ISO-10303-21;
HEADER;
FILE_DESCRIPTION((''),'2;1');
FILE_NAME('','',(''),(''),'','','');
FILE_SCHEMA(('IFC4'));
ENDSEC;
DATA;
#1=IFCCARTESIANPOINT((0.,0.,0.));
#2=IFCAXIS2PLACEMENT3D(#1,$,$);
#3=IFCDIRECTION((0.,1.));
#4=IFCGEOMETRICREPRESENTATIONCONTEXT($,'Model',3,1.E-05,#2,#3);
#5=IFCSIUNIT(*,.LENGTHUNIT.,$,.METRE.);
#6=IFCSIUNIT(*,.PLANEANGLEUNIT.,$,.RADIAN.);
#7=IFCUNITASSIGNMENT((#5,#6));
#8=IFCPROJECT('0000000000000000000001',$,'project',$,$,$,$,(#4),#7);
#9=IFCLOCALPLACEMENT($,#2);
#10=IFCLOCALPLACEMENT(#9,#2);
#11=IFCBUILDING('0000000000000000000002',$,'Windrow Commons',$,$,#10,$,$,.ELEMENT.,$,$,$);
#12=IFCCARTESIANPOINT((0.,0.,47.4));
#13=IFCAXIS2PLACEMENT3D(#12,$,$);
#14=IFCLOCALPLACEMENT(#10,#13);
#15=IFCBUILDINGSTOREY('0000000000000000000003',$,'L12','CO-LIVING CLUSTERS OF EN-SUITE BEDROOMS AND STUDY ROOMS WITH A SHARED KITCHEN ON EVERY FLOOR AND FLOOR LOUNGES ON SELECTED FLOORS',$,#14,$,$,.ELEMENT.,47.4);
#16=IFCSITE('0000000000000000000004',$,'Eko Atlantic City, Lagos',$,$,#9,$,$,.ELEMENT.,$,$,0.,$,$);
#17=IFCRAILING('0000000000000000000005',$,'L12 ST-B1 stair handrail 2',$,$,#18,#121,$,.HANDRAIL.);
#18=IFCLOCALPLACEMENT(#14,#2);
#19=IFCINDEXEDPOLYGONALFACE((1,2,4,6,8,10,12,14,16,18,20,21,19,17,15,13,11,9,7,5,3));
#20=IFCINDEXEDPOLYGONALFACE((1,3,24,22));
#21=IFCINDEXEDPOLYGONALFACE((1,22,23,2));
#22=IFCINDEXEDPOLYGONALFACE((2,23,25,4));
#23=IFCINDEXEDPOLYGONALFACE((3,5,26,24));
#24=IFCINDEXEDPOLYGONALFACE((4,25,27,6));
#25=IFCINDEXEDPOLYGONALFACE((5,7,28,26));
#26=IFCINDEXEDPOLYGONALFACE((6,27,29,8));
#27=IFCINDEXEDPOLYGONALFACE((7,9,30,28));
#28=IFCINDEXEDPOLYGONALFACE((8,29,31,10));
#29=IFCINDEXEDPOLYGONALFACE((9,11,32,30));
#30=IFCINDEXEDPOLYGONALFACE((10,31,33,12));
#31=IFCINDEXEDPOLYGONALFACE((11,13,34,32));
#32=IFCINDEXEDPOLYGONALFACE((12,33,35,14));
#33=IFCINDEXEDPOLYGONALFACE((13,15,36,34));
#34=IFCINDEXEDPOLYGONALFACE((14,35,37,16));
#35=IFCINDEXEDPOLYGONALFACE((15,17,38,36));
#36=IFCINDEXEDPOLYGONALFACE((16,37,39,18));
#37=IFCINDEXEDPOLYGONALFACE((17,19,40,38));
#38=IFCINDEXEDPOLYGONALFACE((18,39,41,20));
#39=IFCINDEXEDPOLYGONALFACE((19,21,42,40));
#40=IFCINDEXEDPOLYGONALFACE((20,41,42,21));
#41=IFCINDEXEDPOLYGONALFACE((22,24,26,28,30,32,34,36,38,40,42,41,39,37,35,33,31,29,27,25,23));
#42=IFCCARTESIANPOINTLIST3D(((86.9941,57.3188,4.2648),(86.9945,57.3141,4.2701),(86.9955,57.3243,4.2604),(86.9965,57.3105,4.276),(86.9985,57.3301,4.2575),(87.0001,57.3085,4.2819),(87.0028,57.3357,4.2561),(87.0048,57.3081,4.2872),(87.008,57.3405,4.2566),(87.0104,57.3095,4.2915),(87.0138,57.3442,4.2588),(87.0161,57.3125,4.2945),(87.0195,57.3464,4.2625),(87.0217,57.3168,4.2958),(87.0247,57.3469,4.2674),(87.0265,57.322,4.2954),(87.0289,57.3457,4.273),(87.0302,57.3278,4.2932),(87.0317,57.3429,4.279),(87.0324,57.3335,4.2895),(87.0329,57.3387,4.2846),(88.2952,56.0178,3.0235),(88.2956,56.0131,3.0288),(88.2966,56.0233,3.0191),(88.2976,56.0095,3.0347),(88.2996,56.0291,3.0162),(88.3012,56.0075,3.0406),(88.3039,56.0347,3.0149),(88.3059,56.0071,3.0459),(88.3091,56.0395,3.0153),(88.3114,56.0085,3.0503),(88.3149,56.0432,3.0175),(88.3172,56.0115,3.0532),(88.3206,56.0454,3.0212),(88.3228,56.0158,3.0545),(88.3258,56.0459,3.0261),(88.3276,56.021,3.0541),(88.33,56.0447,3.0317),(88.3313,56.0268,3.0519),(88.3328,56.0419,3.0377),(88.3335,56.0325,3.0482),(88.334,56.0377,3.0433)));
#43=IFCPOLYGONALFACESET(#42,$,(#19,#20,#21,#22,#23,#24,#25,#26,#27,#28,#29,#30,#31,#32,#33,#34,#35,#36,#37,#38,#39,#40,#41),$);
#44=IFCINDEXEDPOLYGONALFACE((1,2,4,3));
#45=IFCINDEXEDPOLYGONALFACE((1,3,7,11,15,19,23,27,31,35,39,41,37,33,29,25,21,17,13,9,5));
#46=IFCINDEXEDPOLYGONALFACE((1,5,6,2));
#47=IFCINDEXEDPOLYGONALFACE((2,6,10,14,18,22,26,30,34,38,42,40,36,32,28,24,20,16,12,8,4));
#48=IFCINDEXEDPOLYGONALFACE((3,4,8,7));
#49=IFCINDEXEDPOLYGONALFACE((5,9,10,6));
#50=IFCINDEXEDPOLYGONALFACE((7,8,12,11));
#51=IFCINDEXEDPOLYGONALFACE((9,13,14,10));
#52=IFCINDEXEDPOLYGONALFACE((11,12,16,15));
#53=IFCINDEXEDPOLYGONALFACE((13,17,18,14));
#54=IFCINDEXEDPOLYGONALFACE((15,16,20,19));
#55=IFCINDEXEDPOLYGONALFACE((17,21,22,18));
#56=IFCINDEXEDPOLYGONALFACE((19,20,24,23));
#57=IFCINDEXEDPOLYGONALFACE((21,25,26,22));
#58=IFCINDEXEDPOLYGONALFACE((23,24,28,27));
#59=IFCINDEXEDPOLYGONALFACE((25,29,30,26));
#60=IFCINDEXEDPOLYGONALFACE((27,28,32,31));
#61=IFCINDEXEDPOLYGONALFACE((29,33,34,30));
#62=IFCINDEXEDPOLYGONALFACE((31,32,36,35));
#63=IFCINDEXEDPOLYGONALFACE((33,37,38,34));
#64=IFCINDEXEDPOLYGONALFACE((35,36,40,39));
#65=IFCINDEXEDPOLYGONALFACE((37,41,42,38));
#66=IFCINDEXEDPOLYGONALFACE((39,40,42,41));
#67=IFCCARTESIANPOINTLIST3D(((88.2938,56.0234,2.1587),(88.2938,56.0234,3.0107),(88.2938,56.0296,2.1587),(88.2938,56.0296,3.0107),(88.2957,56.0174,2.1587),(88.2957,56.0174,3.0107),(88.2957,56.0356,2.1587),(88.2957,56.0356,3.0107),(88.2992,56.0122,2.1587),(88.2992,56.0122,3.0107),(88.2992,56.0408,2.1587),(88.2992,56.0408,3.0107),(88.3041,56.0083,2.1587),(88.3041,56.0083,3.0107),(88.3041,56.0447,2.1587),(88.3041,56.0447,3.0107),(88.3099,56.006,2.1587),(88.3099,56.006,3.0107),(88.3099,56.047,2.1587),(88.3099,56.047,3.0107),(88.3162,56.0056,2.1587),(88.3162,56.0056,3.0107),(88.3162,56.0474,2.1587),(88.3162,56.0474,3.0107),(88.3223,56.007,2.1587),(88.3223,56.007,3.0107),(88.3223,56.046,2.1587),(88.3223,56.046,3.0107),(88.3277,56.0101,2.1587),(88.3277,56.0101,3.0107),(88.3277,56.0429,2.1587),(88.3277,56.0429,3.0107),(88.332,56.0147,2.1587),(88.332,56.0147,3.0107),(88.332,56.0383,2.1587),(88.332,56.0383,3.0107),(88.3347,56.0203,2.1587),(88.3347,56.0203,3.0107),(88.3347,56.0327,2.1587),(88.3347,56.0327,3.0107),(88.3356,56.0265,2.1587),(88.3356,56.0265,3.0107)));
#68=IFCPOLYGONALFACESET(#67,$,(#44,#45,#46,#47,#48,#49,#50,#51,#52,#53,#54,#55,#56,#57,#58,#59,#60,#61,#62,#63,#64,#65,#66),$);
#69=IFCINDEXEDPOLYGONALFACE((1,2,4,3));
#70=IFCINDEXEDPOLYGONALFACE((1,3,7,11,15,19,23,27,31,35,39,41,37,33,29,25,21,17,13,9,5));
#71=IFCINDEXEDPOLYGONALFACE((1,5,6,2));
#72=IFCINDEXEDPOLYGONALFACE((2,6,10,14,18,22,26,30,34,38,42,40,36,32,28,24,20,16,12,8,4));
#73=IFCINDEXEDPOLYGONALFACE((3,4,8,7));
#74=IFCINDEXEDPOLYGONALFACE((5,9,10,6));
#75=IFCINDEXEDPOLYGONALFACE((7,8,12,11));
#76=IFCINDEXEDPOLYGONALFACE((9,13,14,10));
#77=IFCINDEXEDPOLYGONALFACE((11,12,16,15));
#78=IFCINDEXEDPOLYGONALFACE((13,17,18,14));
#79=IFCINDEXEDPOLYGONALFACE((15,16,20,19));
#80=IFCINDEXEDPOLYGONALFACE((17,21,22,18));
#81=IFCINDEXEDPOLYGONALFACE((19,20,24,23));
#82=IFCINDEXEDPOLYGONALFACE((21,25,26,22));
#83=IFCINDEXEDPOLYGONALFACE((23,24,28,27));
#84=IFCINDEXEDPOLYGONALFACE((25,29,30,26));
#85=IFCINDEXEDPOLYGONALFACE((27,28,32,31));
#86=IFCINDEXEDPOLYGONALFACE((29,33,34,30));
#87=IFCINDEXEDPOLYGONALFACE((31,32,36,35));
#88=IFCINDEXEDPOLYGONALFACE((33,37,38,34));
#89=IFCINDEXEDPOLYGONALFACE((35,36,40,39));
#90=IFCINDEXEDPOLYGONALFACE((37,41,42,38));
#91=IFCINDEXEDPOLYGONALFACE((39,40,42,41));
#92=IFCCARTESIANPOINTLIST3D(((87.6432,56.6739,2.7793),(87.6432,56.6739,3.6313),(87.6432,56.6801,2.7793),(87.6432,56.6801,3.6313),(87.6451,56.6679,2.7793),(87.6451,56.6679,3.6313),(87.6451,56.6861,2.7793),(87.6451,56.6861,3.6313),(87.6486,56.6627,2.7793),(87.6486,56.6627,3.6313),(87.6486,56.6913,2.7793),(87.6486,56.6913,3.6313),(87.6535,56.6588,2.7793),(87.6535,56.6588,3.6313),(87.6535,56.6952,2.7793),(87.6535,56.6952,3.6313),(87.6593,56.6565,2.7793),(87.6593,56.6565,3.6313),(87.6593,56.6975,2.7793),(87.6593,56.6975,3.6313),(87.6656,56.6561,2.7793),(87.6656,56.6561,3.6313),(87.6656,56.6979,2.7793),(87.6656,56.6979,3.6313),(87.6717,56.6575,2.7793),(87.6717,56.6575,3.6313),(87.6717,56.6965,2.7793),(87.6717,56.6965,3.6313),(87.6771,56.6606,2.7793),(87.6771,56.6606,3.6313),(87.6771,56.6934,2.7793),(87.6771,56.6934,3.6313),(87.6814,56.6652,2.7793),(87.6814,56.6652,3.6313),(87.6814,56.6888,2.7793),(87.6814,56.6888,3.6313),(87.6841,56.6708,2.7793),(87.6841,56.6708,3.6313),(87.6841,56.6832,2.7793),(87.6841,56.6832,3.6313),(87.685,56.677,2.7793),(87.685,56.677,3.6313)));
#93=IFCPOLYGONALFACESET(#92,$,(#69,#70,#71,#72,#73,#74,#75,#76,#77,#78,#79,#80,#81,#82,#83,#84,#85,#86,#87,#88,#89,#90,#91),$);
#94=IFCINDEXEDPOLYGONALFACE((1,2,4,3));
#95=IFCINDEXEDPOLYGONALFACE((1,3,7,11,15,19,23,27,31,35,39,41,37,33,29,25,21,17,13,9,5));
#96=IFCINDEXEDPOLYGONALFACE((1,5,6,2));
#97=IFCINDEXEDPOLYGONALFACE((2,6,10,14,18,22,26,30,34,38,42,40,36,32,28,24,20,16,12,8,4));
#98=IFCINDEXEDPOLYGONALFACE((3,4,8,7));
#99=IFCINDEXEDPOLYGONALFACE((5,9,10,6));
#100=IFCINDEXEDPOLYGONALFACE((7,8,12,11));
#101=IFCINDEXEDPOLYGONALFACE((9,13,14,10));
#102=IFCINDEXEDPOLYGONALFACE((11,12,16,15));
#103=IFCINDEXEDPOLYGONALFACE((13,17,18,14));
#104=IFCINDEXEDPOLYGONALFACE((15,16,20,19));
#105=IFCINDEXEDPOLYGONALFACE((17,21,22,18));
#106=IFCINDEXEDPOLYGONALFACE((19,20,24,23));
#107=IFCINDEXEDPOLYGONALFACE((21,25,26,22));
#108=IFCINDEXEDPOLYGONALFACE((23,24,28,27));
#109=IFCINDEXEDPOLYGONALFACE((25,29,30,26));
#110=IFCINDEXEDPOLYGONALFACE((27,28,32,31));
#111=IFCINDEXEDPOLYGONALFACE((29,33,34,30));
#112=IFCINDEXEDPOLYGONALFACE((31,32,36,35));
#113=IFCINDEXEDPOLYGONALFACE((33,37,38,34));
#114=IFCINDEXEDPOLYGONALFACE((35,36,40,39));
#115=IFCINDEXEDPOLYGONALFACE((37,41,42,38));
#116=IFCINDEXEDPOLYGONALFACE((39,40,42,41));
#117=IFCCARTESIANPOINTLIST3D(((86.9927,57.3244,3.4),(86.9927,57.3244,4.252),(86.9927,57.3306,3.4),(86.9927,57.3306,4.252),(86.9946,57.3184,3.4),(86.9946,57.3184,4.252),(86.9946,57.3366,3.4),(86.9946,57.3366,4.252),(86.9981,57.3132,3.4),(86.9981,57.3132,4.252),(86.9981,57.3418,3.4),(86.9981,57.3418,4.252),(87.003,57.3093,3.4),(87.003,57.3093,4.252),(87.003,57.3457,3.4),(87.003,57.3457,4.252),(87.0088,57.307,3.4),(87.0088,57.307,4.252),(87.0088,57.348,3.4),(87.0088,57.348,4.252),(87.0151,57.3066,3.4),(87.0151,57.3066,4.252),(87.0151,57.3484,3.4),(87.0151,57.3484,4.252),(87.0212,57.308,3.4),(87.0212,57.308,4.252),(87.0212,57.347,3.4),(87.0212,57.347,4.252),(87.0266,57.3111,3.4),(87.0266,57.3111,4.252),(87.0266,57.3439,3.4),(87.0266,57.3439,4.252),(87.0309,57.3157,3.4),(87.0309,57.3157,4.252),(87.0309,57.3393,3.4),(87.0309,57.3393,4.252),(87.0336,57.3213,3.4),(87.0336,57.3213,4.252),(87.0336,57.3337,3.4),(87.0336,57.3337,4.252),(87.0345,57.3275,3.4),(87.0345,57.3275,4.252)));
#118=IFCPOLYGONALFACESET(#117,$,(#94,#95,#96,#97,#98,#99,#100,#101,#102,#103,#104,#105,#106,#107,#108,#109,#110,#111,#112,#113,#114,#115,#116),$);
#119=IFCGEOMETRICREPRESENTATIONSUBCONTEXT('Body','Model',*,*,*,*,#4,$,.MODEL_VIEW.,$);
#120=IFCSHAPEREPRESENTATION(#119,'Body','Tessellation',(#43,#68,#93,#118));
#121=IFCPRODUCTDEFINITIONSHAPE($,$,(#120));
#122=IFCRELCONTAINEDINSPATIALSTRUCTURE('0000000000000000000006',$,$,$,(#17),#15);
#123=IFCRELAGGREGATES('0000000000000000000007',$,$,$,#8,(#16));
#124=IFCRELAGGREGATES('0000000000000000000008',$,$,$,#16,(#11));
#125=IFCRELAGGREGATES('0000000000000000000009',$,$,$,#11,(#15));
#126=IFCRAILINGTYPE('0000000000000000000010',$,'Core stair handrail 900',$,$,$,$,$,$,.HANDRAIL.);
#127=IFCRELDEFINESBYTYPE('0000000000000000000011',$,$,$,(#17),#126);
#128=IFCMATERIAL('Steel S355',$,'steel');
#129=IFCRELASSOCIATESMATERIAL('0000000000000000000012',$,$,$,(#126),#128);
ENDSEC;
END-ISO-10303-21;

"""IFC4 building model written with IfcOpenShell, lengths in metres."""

from ifc_helpers import new_model, si_unit, direction, frame, origin, origin_2d, place, context, subcontext, project, spatial, circle, extrude, material, type_object, element, save


model = new_model("IFC4")

# Units and contexts
model_context = context("Model", 3, precision=1e-05, world=origin(), true_north=direction((0.0, 1.0)))
body_context = subcontext(model_context, "Body", "Model", "MODEL_VIEW")
ifc_project = project(units=[si_unit("LENGTHUNIT", "METRE"), si_unit("PLANEANGLEUNIT", "RADIAN")], contexts=[model_context])

# Site, building, storey
site_placement = place(None, origin())
site = spatial("IfcSite", under=ifc_project, at=site_placement, Name="Eko Atlantic City, Lagos", CompositionType="ELEMENT", RefElevation=0.0)
building_placement = place(site_placement, origin())
building = spatial("IfcBuilding", under=site, at=building_placement, Name="Windrow Commons", CompositionType="ELEMENT")
storey_placement = place(building_placement, frame((0.0, 0.0, 47.4)))
storey = spatial("IfcBuildingStorey", under=building, at=storey_placement, Name="L12", Description="CO-LIVING CLUSTERS OF EN-SUITE BEDROOMS AND STUDY ROOMS WITH A SHARED KITCHEN ON EVERY FLOOR AND FLOOR LOUNGES ON SELECTED FLOORS", CompositionType="ELEMENT", Elevation=47.4)

# Railing
ifc_material_1 = material(Name="Steel S355", Category="steel")
railing_type_1 = type_object("IfcRailingType", Name="Core stair handrail 900", PredefinedType="HANDRAIL", material=ifc_material_1)
railing_1_placement = place(storey_placement, frame((88.3146, 56.0265, 2.1587)))
element("IfcRailing", 1, at=railing_1_placement, inside=storey, type_object=railing_type_1, Name="L12 ST-B1 stair handrail 2", PredefinedType="HANDRAIL", context=body_context, shape_type="SweptSolid", body=[
    extrude(circle(Radius=0.024, at=origin_2d()), frame((0.0, 0.0, 0.876), z_axis=(-0.586207, 0.586162, 0.559264), x_axis=(-0.70708, -0.707134, 0.0)), (0.0, 0.0, 1.0), 2.2195),
    extrude(circle(Radius=0.021, at=origin_2d()), origin(), (0.0, 0.0, 1.0), 0.852),
    extrude(circle(Radius=0.021, at=origin_2d()), frame((-0.6506, 0.6505, 0.6206)), (0.0, 0.0, 1.0), 0.852),
    extrude(circle(Radius=0.021, at=origin_2d()), frame((-1.3011, 1.301, 1.2413)), (0.0, 0.0, 1.0), 0.852),
])

save(model, "model.ifc")
